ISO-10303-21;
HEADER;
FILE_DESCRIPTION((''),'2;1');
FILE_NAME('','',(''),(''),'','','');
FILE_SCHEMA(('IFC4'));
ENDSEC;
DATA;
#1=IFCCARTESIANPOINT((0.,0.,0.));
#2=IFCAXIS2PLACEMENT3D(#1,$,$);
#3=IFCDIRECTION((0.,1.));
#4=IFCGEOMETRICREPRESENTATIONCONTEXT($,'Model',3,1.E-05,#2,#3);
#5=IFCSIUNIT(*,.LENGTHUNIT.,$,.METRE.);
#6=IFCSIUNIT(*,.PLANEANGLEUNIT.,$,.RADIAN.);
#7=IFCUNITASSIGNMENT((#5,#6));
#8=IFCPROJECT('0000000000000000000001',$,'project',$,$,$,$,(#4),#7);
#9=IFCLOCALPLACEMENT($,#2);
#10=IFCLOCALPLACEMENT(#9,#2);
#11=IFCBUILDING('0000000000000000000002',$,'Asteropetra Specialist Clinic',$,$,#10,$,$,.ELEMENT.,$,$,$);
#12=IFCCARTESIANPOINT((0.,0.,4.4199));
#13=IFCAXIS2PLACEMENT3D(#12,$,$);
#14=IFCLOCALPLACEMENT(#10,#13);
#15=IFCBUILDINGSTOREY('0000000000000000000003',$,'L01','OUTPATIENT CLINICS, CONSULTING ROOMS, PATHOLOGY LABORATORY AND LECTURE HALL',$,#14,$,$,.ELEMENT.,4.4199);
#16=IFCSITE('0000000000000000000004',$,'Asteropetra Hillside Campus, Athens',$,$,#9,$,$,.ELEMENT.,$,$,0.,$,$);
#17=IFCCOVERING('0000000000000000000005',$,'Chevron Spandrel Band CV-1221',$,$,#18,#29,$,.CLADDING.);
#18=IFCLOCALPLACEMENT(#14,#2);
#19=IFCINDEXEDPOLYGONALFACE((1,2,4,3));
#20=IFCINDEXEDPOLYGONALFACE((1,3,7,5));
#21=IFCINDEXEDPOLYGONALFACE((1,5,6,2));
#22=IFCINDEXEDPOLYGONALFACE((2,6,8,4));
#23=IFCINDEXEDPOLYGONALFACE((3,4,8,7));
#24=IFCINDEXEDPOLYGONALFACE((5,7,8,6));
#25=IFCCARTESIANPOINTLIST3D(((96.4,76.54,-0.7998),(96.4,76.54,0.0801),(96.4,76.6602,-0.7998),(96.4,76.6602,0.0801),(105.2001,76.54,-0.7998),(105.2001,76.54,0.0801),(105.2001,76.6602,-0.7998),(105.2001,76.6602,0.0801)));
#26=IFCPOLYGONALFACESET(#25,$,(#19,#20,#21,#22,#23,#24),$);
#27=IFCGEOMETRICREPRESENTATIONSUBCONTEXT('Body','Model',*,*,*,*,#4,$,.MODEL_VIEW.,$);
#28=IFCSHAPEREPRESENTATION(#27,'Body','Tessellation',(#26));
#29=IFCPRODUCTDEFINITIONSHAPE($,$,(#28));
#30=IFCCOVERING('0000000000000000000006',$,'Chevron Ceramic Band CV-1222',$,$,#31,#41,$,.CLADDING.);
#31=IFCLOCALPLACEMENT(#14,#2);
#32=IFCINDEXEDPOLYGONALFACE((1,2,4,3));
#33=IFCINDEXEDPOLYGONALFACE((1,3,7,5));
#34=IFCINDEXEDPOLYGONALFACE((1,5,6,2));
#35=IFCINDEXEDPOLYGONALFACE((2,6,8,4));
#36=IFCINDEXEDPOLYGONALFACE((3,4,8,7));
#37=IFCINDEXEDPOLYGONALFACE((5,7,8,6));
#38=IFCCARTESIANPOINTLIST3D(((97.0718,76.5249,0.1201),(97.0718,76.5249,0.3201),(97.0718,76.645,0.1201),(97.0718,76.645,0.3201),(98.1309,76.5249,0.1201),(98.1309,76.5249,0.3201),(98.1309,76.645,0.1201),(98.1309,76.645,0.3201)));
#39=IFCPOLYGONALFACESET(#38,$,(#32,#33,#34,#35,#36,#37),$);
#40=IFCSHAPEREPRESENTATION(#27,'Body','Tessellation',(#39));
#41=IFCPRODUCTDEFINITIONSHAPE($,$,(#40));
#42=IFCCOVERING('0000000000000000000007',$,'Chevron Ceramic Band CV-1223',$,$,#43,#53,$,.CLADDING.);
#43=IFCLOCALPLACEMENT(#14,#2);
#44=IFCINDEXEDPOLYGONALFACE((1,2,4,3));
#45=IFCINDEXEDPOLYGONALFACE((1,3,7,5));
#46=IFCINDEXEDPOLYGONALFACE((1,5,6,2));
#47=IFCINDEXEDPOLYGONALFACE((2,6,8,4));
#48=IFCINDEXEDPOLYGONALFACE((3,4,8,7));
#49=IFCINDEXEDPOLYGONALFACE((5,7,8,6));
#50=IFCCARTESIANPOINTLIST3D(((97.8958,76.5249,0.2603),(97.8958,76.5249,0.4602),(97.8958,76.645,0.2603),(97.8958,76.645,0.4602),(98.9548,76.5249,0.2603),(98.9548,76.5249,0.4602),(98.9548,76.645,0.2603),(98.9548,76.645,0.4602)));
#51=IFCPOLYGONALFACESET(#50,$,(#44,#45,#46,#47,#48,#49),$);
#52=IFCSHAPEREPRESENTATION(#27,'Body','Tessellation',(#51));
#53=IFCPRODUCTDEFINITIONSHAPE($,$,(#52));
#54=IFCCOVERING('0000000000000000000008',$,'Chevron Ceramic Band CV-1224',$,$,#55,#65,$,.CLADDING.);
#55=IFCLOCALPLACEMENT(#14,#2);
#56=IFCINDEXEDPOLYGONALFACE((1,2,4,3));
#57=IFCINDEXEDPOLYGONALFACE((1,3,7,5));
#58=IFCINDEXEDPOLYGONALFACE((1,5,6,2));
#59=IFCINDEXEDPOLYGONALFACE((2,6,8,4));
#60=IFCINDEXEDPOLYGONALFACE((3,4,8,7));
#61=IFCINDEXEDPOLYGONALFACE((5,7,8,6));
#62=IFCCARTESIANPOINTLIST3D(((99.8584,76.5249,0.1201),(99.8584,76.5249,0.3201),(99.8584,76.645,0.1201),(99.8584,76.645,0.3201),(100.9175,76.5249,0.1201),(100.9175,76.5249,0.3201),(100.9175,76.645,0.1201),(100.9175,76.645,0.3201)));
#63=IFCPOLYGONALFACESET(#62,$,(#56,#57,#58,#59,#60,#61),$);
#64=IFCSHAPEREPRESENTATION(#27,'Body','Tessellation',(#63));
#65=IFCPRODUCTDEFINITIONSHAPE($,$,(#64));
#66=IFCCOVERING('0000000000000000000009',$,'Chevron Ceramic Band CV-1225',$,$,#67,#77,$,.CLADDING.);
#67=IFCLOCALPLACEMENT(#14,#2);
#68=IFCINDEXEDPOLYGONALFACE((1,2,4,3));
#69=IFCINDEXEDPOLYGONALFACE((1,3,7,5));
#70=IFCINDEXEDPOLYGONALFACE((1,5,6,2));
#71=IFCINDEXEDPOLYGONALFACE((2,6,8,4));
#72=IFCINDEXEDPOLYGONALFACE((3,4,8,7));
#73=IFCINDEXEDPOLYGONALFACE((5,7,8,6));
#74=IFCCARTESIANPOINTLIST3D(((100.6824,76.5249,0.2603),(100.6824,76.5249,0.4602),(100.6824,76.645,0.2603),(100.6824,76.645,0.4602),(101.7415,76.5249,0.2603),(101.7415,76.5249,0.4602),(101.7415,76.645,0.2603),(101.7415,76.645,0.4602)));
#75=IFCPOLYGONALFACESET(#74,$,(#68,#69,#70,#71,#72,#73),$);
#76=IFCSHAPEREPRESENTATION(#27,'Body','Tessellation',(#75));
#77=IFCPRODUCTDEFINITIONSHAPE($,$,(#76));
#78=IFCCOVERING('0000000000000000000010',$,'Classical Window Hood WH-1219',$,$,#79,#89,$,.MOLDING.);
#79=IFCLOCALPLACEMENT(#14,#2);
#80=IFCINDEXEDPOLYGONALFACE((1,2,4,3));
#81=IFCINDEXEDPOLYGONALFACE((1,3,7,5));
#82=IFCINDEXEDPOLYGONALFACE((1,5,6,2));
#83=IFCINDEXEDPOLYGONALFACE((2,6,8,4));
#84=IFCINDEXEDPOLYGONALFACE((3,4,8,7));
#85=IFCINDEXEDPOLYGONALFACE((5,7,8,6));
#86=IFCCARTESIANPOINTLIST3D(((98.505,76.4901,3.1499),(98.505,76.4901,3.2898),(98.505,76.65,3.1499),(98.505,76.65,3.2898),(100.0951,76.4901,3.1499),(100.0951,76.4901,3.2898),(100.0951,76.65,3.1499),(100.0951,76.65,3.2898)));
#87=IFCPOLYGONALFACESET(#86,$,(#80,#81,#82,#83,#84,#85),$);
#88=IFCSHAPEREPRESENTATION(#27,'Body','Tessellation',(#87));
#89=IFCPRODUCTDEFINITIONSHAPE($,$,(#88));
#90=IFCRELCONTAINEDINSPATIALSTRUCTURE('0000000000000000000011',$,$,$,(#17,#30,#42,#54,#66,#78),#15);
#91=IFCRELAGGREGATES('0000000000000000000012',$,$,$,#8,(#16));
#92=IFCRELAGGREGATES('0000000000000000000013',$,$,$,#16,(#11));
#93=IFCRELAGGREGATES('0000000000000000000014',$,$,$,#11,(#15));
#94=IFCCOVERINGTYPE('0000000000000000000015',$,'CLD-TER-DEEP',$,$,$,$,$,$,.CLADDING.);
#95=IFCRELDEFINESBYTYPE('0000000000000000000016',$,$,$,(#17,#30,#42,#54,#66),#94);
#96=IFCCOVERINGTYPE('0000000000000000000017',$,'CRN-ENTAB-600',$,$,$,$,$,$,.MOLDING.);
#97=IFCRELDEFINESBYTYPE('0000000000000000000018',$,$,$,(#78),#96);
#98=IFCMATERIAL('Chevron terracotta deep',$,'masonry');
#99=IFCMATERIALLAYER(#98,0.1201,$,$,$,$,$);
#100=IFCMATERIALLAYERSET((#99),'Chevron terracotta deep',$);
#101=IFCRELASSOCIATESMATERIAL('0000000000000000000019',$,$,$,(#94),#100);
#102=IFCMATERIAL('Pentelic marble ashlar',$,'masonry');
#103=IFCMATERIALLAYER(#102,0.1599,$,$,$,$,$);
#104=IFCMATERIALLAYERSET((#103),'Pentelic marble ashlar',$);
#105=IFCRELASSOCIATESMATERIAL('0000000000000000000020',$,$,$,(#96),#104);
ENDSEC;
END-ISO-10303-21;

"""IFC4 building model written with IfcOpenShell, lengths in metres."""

from ifc_helpers import new_model, si_unit, direction, frame, origin, origin_2d, place, context, subcontext, project, spatial, rectangle, extrude, material, layer, layer_set, type_object, element, save


model = new_model("IFC4")

# Units and contexts
model_context = context("Model", 3, precision=1e-05, world=origin(), true_north=direction((0.0, 1.0)))
body_context = subcontext(model_context, "Body", "Model", "MODEL_VIEW")
ifc_project = project(units=[si_unit("LENGTHUNIT", "METRE"), si_unit("PLANEANGLEUNIT", "RADIAN")], contexts=[model_context])

# Site, building, storey
site_placement = place(None, origin())
site = spatial("IfcSite", under=ifc_project, at=site_placement, Name="Asteropetra Hillside Campus, Athens", CompositionType="ELEMENT", RefElevation=0.0)
building_placement = place(site_placement, origin())
building = spatial("IfcBuilding", under=site, at=building_placement, Name="Asteropetra Specialist Clinic", CompositionType="ELEMENT")
storey_placement = place(building_placement, frame((0.0, 0.0, 4.4199)))
storey = spatial("IfcBuildingStorey", under=building, at=storey_placement, Name="L01", Description="OUTPATIENT CLINICS, CONSULTING ROOMS, PATHOLOGY LABORATORY AND LECTURE HALL", CompositionType="ELEMENT", Elevation=4.4199)

# Coverings
ifc_material_1 = material(Name="Chevron terracotta deep", Category="masonry")
ifc_layer_1 = layer(ifc_material_1, 0.1201)
ifc_layer_set_1 = layer_set([ifc_layer_1], Name="Chevron terracotta deep")
covering_type_1 = type_object("IfcCoveringType", Name="CLD-TER-DEEP", PredefinedType="CLADDING", material=ifc_layer_set_1)
covering_1_placement = place(storey_placement, frame((100.8, 76.6001, -0.7998), z_axis=(0.0, 0.0, 1.0), x_axis=(1.0, 0.0, 0.0)))
element("IfcCovering", 1, at=covering_1_placement, inside=storey, type_object=covering_type_1, Name="Chevron Spandrel Band CV-1221", PredefinedType="CLADDING", context=body_context, shape_type="SweptSolid", body=[
    extrude(rectangle(XDim=8.8, YDim=0.1201, at=origin_2d()), origin(), (0.0, 0.0, 1.0), 0.8799),
])
for number, where, z_axis, x_axis, name in (
    (2, (97.6013, 76.585, 0.1201), (0.0, 0.0, 1.0), (1.0, 0.0, 0.0), "Chevron Ceramic Band CV-1222"),
    (3, (98.4253, 76.585, 0.2603), (0.0, 0.0, 1.0), (1.0, 0.0, 0.0), "Chevron Ceramic Band CV-1223"),
    (4, (100.3879, 76.585, 0.1201), (0.0, 0.0, 1.0), (1.0, 0.0, 0.0), "Chevron Ceramic Band CV-1224"),
    (5, (101.2119, 76.585, 0.2603), (0.0, 0.0, 1.0), (1.0, 0.0, 0.0), "Chevron Ceramic Band CV-1225"),
):
    element("IfcCovering", number, at=place(storey_placement, frame(where, z_axis=z_axis, x_axis=x_axis)), inside=storey, type_object=covering_type_1, Name=name, PredefinedType="CLADDING", context=body_context, shape_type="SweptSolid", body=[
        extrude(rectangle(XDim=1.0591, YDim=0.1201, at=origin_2d()), origin(), (0.0, 0.0, 1.0), 0.2),
    ])
ifc_material_2 = material(Name="Pentelic marble ashlar", Category="masonry")
ifc_layer_2 = layer(ifc_material_2, 0.1599)
ifc_layer_set_2 = layer_set([ifc_layer_2], Name="Pentelic marble ashlar")
covering_type_2 = type_object("IfcCoveringType", Name="CRN-ENTAB-600", PredefinedType="MOLDING", material=ifc_layer_set_2)
covering_2_placement = place(storey_placement, frame((99.3, 76.5701, 3.1499), z_axis=(0.0, 0.0, 1.0), x_axis=(1.0, 0.0, 0.0)))
element("IfcCovering", 6, at=covering_2_placement, inside=storey, type_object=covering_type_2, Name="Classical Window Hood WH-1219", PredefinedType="MOLDING", context=body_context, shape_type="SweptSolid", body=[
    extrude(rectangle(XDim=1.5901, YDim=0.1599, at=origin_2d()), origin(), (0.0, 0.0, 1.0), 0.1399),
])

save(model, "model.ifc")
